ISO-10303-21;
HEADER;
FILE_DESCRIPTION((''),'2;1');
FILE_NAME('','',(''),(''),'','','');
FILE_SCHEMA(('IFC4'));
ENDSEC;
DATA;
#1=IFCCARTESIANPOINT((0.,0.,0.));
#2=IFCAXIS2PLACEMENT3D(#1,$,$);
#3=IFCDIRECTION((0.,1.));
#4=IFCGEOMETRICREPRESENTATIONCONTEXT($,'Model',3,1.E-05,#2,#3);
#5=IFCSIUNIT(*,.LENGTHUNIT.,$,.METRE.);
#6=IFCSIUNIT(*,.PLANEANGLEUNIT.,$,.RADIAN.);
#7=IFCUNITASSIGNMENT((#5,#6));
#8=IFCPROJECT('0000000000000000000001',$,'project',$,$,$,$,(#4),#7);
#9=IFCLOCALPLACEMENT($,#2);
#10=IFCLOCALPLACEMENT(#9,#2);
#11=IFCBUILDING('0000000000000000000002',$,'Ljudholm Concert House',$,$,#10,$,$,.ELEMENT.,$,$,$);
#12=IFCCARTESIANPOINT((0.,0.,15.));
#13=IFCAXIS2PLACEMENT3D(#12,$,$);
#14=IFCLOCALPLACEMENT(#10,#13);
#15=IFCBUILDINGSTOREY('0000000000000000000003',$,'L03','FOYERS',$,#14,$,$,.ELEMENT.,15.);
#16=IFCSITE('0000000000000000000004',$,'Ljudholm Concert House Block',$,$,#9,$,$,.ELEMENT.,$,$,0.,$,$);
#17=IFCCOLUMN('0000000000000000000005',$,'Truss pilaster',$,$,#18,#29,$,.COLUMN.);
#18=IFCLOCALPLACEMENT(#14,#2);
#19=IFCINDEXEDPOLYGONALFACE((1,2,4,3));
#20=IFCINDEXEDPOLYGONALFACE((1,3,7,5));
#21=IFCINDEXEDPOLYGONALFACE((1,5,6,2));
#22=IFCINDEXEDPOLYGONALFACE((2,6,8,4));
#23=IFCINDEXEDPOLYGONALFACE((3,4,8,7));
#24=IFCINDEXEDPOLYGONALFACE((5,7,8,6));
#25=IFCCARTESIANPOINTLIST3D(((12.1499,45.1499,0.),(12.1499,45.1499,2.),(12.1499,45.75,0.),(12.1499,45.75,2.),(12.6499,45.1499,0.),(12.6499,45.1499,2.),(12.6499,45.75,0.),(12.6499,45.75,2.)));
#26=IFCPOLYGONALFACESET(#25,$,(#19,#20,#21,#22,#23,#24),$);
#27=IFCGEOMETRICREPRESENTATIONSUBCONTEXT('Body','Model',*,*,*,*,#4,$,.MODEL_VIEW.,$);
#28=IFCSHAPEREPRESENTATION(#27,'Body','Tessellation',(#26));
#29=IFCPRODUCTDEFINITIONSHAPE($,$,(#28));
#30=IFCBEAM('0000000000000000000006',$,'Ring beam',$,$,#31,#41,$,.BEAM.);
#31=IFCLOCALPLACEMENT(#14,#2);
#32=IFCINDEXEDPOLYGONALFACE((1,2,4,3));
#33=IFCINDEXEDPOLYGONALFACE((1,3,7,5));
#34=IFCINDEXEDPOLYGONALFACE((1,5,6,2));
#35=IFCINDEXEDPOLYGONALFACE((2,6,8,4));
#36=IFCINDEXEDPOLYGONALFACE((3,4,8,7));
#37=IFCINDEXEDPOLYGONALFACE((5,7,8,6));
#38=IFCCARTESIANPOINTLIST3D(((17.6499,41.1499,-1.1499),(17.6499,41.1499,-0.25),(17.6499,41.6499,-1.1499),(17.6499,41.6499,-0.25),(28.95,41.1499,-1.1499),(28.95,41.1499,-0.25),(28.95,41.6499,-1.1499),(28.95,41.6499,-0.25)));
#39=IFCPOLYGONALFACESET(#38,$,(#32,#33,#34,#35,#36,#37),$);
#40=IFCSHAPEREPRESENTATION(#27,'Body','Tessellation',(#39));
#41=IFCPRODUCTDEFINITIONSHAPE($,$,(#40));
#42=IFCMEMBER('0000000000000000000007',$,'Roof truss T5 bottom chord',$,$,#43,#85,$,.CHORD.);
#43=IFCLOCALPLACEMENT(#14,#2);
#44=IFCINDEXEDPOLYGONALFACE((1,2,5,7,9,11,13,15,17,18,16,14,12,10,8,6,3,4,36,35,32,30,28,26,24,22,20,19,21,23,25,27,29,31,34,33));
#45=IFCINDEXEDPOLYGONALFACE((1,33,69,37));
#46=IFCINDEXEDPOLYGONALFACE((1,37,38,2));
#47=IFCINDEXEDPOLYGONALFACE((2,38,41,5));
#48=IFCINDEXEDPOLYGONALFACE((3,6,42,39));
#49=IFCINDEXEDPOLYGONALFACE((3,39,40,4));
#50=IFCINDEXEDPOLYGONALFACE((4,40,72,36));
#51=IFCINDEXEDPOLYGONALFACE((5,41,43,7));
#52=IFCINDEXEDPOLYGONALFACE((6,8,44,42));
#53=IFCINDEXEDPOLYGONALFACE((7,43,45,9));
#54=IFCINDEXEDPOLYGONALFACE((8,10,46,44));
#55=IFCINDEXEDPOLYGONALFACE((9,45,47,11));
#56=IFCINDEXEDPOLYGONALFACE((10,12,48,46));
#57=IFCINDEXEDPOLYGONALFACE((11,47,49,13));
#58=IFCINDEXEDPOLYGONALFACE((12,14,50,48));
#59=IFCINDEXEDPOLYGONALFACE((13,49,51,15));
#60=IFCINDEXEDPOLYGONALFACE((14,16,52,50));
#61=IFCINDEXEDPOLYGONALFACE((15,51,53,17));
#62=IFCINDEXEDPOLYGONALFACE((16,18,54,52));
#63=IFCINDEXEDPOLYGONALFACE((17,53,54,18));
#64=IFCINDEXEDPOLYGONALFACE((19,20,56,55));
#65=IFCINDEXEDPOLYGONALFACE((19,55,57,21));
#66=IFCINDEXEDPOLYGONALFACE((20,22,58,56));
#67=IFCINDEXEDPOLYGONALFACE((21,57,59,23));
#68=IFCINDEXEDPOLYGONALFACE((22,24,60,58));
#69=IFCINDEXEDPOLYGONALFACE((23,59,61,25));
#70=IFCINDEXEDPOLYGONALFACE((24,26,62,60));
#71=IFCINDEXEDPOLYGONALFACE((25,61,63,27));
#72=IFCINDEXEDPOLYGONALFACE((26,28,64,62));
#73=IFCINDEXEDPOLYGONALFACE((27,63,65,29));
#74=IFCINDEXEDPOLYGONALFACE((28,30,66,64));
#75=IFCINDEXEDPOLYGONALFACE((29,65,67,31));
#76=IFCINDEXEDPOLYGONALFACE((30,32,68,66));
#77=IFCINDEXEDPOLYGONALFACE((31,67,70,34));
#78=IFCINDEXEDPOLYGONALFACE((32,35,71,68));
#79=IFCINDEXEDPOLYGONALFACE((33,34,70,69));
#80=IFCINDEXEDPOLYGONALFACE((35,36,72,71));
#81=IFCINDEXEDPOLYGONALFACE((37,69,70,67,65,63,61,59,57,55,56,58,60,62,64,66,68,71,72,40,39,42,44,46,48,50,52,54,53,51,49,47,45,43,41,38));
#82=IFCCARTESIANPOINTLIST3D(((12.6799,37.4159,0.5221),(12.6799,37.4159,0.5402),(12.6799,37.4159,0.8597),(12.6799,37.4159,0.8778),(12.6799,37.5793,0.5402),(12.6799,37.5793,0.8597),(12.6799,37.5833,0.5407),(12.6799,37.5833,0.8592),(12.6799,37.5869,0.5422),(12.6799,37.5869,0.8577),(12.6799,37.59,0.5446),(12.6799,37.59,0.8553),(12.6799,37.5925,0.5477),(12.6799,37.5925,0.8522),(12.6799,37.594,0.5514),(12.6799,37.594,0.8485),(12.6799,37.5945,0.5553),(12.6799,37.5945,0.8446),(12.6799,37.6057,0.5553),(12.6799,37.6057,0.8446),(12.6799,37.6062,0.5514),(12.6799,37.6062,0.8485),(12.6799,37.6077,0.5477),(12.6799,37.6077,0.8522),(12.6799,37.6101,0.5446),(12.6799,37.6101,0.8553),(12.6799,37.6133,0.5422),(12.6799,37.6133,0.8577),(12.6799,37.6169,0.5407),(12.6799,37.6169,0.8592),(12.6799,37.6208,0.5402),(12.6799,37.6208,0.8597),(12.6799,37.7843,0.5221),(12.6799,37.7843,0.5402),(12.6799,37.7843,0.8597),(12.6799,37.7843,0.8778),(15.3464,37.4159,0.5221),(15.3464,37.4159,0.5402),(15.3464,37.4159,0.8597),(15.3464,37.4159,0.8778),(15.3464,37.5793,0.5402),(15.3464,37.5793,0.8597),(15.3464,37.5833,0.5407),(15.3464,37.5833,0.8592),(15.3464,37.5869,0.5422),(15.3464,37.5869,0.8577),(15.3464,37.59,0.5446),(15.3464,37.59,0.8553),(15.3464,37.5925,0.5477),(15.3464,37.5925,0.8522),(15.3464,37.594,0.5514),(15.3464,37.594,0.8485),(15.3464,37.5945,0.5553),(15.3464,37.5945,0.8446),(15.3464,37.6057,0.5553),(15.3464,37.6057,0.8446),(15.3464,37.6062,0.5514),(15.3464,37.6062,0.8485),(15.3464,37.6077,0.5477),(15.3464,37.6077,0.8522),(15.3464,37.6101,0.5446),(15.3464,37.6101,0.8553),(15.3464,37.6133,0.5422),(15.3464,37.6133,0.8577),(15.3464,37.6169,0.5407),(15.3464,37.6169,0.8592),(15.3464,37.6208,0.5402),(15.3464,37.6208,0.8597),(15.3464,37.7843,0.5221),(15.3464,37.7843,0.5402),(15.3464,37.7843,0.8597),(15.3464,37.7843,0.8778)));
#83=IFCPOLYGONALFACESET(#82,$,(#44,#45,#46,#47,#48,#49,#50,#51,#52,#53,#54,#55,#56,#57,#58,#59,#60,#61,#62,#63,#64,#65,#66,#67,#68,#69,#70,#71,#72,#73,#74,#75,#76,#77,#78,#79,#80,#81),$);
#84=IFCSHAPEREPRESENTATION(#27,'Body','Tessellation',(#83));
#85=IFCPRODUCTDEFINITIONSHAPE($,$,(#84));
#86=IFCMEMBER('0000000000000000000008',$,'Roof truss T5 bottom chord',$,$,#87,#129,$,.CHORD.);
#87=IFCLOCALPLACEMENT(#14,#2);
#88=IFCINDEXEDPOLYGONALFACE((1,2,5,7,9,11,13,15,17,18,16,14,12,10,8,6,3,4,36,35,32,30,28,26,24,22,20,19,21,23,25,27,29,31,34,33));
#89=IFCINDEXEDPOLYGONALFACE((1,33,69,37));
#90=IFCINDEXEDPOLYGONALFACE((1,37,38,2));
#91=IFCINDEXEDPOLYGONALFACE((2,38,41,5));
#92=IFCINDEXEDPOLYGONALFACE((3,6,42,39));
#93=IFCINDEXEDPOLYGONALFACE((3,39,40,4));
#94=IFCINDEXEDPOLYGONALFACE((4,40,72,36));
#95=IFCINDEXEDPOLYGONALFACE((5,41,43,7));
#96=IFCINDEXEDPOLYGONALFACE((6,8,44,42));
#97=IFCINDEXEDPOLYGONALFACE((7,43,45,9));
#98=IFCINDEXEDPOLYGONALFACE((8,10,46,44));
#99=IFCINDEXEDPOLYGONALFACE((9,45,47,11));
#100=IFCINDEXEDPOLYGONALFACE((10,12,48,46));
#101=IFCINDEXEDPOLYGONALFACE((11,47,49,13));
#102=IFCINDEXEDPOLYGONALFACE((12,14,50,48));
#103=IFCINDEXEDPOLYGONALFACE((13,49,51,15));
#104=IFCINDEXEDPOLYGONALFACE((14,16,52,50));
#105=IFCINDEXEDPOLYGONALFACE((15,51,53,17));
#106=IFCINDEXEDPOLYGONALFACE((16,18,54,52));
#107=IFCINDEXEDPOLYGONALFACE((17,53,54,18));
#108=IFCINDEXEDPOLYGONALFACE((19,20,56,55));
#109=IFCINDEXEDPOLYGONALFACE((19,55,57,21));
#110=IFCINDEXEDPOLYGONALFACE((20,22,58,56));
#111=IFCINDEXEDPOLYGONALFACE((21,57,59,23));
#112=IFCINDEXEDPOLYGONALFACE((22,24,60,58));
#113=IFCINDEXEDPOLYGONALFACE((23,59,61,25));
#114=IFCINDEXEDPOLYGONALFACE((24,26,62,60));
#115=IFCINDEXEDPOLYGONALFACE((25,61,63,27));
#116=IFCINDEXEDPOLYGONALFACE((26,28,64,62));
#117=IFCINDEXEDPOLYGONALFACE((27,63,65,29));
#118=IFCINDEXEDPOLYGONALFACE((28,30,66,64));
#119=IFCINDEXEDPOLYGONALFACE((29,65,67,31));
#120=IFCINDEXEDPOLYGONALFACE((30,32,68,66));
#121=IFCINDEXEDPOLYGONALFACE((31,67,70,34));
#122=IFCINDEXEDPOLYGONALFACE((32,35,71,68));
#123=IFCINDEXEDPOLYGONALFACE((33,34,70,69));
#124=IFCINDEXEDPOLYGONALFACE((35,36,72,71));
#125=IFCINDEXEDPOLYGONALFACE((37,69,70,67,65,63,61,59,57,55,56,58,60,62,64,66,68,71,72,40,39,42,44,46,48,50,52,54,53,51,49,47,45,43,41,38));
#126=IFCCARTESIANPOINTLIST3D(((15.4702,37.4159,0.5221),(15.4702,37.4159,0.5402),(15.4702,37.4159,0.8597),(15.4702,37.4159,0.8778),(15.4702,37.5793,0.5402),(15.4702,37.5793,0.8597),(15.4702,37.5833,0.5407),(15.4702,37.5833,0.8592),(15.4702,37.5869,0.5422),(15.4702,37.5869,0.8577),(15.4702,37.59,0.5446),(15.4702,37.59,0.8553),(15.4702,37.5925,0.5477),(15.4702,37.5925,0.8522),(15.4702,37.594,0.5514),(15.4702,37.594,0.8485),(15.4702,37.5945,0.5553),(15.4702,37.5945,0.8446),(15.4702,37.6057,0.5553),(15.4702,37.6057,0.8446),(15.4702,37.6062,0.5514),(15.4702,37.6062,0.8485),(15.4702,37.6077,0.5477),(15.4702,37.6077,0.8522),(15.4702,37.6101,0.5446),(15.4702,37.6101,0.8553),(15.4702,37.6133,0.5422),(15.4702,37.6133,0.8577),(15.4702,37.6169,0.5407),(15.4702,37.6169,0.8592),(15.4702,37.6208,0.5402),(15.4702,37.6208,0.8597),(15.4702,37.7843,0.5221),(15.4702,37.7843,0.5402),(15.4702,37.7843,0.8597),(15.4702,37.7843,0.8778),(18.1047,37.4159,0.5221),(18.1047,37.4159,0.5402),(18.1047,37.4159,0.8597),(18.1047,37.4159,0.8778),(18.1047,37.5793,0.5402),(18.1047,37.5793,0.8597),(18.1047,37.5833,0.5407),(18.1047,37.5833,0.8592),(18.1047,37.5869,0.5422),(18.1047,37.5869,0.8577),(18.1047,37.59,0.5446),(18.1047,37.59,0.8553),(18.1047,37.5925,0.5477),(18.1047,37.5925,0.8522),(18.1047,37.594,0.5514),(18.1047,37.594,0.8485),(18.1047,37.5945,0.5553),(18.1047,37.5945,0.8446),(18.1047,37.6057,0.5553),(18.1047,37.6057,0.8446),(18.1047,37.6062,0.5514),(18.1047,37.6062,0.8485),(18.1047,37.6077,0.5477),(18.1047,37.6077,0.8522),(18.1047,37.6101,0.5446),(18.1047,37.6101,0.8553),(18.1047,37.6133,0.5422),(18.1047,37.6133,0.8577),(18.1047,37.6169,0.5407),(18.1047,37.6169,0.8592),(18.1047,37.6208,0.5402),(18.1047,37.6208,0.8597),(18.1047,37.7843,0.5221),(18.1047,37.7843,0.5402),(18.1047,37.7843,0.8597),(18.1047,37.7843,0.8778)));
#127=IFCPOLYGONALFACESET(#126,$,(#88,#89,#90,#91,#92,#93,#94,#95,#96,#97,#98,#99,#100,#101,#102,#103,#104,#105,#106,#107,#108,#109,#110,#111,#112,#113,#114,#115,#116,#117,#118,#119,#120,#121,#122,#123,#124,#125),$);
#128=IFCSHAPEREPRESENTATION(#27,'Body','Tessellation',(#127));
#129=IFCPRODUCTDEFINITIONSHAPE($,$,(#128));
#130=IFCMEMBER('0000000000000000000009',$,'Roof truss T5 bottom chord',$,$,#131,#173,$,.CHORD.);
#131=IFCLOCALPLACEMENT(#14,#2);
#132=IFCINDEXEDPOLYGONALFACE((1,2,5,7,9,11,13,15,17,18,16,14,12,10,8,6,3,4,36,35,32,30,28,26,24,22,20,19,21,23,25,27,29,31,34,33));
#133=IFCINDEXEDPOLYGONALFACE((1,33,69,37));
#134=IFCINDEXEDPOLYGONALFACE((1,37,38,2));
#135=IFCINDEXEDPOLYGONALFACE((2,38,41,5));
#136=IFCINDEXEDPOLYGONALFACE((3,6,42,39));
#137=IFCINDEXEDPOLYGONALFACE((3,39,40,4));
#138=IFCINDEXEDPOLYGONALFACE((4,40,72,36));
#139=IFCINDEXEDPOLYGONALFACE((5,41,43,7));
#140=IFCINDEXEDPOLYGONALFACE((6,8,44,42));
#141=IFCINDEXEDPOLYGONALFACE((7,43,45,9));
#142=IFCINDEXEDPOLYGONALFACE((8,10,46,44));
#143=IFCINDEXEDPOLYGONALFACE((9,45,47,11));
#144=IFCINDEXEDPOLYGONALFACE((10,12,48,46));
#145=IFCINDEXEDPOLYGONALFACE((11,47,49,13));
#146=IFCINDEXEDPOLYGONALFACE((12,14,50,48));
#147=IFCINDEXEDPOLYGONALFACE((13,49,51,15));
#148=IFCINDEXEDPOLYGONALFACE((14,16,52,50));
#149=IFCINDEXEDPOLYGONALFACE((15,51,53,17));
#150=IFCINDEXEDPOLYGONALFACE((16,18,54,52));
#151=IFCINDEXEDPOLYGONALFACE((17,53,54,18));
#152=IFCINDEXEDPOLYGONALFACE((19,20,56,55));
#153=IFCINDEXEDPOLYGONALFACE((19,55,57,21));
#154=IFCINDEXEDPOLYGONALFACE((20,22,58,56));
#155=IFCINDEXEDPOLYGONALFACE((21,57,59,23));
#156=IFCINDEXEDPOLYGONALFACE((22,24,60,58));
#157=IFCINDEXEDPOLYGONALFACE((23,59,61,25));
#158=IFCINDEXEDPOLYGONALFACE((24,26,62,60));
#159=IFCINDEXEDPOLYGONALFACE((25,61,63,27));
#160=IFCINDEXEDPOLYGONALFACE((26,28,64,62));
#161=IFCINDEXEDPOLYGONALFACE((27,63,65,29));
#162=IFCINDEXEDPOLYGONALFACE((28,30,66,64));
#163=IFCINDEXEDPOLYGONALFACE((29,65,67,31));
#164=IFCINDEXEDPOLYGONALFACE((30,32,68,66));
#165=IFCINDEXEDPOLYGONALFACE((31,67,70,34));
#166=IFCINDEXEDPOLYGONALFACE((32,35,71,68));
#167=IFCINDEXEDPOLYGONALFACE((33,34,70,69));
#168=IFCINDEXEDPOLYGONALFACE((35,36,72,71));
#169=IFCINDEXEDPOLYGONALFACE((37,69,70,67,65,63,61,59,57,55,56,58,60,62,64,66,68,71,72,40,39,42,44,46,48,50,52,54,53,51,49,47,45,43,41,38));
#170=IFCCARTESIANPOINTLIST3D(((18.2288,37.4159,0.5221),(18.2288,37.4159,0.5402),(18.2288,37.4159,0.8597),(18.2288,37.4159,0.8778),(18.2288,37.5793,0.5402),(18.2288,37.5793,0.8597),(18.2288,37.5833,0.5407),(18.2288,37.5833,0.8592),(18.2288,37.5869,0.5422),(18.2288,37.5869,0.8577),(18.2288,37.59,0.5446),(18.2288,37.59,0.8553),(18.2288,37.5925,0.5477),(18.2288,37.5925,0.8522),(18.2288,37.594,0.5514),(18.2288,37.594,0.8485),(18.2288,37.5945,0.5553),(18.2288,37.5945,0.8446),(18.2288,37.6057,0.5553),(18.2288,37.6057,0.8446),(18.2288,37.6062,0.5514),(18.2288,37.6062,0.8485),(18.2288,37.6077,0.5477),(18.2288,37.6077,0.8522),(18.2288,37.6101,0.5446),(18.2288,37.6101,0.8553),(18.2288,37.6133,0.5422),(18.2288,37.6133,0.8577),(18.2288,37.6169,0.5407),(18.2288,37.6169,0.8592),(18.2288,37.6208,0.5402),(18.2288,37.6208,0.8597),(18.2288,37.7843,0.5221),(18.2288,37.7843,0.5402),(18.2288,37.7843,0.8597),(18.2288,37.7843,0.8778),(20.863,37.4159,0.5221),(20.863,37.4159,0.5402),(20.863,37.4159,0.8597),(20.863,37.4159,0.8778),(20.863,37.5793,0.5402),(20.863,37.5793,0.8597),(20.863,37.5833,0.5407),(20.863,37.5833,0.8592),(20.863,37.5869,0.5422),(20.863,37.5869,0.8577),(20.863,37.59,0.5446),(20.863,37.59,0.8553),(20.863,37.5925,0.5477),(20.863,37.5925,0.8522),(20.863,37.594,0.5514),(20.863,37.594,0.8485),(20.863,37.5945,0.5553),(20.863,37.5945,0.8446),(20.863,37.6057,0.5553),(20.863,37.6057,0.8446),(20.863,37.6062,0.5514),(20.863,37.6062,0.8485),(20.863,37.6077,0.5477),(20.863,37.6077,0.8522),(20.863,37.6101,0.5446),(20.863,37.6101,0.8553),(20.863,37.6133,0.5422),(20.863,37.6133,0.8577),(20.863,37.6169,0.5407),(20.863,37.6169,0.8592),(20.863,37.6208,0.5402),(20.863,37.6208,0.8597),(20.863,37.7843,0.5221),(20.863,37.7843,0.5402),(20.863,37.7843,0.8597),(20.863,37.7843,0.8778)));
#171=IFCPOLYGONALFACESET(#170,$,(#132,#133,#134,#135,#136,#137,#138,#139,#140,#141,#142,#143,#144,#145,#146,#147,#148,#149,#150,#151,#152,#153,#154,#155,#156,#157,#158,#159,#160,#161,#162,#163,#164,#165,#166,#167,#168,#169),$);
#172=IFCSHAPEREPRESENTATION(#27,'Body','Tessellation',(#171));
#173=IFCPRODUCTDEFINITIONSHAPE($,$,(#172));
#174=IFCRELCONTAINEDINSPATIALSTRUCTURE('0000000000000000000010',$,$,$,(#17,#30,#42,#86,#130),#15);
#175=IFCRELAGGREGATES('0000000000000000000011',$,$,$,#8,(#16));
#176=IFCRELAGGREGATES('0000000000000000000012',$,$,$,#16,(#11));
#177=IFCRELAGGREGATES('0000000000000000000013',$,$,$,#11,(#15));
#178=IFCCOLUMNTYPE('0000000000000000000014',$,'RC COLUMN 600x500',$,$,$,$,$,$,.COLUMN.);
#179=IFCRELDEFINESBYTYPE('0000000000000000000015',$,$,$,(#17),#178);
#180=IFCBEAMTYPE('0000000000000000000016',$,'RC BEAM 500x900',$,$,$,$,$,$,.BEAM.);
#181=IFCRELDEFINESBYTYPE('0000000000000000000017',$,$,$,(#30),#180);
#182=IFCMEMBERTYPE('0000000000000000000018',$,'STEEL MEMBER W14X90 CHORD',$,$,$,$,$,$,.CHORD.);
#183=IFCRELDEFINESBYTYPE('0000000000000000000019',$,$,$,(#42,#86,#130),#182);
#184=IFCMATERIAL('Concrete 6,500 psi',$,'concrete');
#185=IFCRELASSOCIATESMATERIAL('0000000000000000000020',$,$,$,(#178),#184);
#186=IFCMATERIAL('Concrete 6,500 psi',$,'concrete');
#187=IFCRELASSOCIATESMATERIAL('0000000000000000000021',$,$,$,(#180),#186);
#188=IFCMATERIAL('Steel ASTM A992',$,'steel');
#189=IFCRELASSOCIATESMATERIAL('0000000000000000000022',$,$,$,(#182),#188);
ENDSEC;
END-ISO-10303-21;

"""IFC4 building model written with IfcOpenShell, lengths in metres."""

from ifc_helpers import new_model, si_unit, direction, frame, origin, origin_2d, place, context, subcontext, project, spatial, rectangle, i_section, extrude, material, material_profile, profile_set, type_object, element, save


model = new_model("IFC4")

# Units and contexts
model_context = context("Model", 3, precision=1e-05, world=origin(), true_north=direction((0.0, 1.0)))
body_context = subcontext(model_context, "Body", "Model", "MODEL_VIEW")
ifc_project = project(units=[si_unit("LENGTHUNIT", "METRE"), si_unit("PLANEANGLEUNIT", "RADIAN")], contexts=[model_context])

# Site, building, storey
site_placement = place(None, origin())
site = spatial("IfcSite", under=ifc_project, at=site_placement, Name="Ljudholm Concert House Block", CompositionType="ELEMENT", RefElevation=0.0)
building_placement = place(site_placement, origin())
building = spatial("IfcBuilding", under=site, at=building_placement, Name="Ljudholm Concert House", CompositionType="ELEMENT")
storey_placement = place(building_placement, frame((0.0, 0.0, 15.0)))
storey = spatial("IfcBuildingStorey", under=building, at=storey_placement, Name="L03", Description="FOYERS", CompositionType="ELEMENT", Elevation=15.0)

# Column
ifc_material_1 = material(Name="Concrete 6,500 psi", Category="concrete")
ifc_material_profile_1 = material_profile(ifc_material_1, rectangle(XDim=0.6001, YDim=0.5, at=origin_2d()), Name="RC COLUMN 600x500")
ifc_profile_set_1 = profile_set([ifc_material_profile_1], Name="Concrete 6,500 psi")
column_type = type_object("IfcColumnType", Name="RC COLUMN 600x500", PredefinedType="COLUMN", material=ifc_profile_set_1)
column_placement = place(storey_placement, frame((12.3999, 45.45, 0.0), z_axis=(0.0, 0.0, 1.0), x_axis=(0.0, 1.0, 0.0)))
element("IfcColumn", 1, at=column_placement, inside=storey, type_object=column_type, Name="Truss pilaster", PredefinedType="COLUMN", context=body_context, shape_type="SweptSolid", body=[
    extrude(rectangle(XDim=0.6001, YDim=0.5, at=origin_2d()), origin(), (0.0, 0.0, 1.0), 2.0),
])

# Beam
ifc_material_2 = material(Name="Concrete 6,500 psi", Category="concrete")
ifc_material_profile_2 = material_profile(ifc_material_2, rectangle(XDim=0.5, YDim=0.8999, at=origin_2d()), Name="RC BEAM 500x900")
ifc_profile_set_2 = profile_set([ifc_material_profile_2], Name="Concrete 6,500 psi")
beam_type = type_object("IfcBeamType", Name="RC BEAM 500x900", PredefinedType="BEAM", material=ifc_profile_set_2)
beam_placement = place(storey_placement, frame((17.6499, 41.3999, -0.7), z_axis=(1.0, 0.0, 0.0), x_axis=(0.0, 1.0, 0.0)))
element("IfcBeam", 2, at=beam_placement, inside=storey, type_object=beam_type, Name="Ring beam", PredefinedType="BEAM", context=body_context, shape_type="SweptSolid", body=[
    extrude(rectangle(XDim=0.5, YDim=0.8999, at=origin_2d()), origin(), (0.0, 0.0, 1.0), 11.3),
])

# Members
ifc_material_3 = material(Name="Steel ASTM A992", Category="steel")
ifc_material_profile_3 = material_profile(ifc_material_3, i_section(OverallWidth=0.3684, OverallDepth=0.3557, WebThickness=0.0112, FlangeThickness=0.0181, FilletRadius=0.0151, at=origin_2d()), Name="W14X90")
ifc_profile_set_3 = profile_set([ifc_material_profile_3], Name="Steel ASTM A992")
member_type = type_object("IfcMemberType", Name="STEEL MEMBER W14X90 CHORD", PredefinedType="CHORD", material=ifc_profile_set_3)
member_1_placement = place(storey_placement, frame((12.6799, 37.6001, 0.7), z_axis=(1.0, 0.0, 0.0), x_axis=(0.0, 1.0, 0.0)))
element("IfcMember", 3, at=member_1_placement, inside=storey, type_object=member_type, Name="Roof truss T5 bottom chord", PredefinedType="CHORD", context=body_context, shape_type="SweptSolid", body=[
    extrude(i_section(OverallWidth=0.3684, OverallDepth=0.3557, WebThickness=0.0112, FlangeThickness=0.0181, FilletRadius=0.0151, at=origin_2d()), origin(), (0.0, 0.0, 1.0), 2.6665),
])
member_2_placement = place(storey_placement, frame((15.4702, 37.6001, 0.7), z_axis=(1.0, 0.0, 0.0), x_axis=(0.0, 1.0, 0.0)))
element("IfcMember", 4, at=member_2_placement, inside=storey, type_object=member_type, Name="Roof truss T5 bottom chord", PredefinedType="CHORD", context=body_context, shape_type="SweptSolid", body=[
    extrude(i_section(OverallWidth=0.3684, OverallDepth=0.3557, WebThickness=0.0112, FlangeThickness=0.0181, FilletRadius=0.0151, at=origin_2d()), origin(), (0.0, 0.0, 1.0), 2.6345),
])
for number, where, z_axis, x_axis, name in (
    (5, (18.2288, 37.6001, 0.7), (1.0, 0.0, 0.0), (0.0, 1.0, 0.0), "Roof truss T5 bottom chord"),
):
    element("IfcMember", number, at=place(storey_placement, frame(where, z_axis=z_axis, x_axis=x_axis)), inside=storey, type_object=member_type, Name=name, PredefinedType="CHORD", context=body_context, shape_type="SweptSolid", body=[
        extrude(i_section(OverallWidth=0.3684, OverallDepth=0.3557, WebThickness=0.0112, FlangeThickness=0.0181, FilletRadius=0.0151, at=origin_2d()), origin(), (0.0, 0.0, 1.0), 2.6343),
    ])

save(model, "model.ifc")
